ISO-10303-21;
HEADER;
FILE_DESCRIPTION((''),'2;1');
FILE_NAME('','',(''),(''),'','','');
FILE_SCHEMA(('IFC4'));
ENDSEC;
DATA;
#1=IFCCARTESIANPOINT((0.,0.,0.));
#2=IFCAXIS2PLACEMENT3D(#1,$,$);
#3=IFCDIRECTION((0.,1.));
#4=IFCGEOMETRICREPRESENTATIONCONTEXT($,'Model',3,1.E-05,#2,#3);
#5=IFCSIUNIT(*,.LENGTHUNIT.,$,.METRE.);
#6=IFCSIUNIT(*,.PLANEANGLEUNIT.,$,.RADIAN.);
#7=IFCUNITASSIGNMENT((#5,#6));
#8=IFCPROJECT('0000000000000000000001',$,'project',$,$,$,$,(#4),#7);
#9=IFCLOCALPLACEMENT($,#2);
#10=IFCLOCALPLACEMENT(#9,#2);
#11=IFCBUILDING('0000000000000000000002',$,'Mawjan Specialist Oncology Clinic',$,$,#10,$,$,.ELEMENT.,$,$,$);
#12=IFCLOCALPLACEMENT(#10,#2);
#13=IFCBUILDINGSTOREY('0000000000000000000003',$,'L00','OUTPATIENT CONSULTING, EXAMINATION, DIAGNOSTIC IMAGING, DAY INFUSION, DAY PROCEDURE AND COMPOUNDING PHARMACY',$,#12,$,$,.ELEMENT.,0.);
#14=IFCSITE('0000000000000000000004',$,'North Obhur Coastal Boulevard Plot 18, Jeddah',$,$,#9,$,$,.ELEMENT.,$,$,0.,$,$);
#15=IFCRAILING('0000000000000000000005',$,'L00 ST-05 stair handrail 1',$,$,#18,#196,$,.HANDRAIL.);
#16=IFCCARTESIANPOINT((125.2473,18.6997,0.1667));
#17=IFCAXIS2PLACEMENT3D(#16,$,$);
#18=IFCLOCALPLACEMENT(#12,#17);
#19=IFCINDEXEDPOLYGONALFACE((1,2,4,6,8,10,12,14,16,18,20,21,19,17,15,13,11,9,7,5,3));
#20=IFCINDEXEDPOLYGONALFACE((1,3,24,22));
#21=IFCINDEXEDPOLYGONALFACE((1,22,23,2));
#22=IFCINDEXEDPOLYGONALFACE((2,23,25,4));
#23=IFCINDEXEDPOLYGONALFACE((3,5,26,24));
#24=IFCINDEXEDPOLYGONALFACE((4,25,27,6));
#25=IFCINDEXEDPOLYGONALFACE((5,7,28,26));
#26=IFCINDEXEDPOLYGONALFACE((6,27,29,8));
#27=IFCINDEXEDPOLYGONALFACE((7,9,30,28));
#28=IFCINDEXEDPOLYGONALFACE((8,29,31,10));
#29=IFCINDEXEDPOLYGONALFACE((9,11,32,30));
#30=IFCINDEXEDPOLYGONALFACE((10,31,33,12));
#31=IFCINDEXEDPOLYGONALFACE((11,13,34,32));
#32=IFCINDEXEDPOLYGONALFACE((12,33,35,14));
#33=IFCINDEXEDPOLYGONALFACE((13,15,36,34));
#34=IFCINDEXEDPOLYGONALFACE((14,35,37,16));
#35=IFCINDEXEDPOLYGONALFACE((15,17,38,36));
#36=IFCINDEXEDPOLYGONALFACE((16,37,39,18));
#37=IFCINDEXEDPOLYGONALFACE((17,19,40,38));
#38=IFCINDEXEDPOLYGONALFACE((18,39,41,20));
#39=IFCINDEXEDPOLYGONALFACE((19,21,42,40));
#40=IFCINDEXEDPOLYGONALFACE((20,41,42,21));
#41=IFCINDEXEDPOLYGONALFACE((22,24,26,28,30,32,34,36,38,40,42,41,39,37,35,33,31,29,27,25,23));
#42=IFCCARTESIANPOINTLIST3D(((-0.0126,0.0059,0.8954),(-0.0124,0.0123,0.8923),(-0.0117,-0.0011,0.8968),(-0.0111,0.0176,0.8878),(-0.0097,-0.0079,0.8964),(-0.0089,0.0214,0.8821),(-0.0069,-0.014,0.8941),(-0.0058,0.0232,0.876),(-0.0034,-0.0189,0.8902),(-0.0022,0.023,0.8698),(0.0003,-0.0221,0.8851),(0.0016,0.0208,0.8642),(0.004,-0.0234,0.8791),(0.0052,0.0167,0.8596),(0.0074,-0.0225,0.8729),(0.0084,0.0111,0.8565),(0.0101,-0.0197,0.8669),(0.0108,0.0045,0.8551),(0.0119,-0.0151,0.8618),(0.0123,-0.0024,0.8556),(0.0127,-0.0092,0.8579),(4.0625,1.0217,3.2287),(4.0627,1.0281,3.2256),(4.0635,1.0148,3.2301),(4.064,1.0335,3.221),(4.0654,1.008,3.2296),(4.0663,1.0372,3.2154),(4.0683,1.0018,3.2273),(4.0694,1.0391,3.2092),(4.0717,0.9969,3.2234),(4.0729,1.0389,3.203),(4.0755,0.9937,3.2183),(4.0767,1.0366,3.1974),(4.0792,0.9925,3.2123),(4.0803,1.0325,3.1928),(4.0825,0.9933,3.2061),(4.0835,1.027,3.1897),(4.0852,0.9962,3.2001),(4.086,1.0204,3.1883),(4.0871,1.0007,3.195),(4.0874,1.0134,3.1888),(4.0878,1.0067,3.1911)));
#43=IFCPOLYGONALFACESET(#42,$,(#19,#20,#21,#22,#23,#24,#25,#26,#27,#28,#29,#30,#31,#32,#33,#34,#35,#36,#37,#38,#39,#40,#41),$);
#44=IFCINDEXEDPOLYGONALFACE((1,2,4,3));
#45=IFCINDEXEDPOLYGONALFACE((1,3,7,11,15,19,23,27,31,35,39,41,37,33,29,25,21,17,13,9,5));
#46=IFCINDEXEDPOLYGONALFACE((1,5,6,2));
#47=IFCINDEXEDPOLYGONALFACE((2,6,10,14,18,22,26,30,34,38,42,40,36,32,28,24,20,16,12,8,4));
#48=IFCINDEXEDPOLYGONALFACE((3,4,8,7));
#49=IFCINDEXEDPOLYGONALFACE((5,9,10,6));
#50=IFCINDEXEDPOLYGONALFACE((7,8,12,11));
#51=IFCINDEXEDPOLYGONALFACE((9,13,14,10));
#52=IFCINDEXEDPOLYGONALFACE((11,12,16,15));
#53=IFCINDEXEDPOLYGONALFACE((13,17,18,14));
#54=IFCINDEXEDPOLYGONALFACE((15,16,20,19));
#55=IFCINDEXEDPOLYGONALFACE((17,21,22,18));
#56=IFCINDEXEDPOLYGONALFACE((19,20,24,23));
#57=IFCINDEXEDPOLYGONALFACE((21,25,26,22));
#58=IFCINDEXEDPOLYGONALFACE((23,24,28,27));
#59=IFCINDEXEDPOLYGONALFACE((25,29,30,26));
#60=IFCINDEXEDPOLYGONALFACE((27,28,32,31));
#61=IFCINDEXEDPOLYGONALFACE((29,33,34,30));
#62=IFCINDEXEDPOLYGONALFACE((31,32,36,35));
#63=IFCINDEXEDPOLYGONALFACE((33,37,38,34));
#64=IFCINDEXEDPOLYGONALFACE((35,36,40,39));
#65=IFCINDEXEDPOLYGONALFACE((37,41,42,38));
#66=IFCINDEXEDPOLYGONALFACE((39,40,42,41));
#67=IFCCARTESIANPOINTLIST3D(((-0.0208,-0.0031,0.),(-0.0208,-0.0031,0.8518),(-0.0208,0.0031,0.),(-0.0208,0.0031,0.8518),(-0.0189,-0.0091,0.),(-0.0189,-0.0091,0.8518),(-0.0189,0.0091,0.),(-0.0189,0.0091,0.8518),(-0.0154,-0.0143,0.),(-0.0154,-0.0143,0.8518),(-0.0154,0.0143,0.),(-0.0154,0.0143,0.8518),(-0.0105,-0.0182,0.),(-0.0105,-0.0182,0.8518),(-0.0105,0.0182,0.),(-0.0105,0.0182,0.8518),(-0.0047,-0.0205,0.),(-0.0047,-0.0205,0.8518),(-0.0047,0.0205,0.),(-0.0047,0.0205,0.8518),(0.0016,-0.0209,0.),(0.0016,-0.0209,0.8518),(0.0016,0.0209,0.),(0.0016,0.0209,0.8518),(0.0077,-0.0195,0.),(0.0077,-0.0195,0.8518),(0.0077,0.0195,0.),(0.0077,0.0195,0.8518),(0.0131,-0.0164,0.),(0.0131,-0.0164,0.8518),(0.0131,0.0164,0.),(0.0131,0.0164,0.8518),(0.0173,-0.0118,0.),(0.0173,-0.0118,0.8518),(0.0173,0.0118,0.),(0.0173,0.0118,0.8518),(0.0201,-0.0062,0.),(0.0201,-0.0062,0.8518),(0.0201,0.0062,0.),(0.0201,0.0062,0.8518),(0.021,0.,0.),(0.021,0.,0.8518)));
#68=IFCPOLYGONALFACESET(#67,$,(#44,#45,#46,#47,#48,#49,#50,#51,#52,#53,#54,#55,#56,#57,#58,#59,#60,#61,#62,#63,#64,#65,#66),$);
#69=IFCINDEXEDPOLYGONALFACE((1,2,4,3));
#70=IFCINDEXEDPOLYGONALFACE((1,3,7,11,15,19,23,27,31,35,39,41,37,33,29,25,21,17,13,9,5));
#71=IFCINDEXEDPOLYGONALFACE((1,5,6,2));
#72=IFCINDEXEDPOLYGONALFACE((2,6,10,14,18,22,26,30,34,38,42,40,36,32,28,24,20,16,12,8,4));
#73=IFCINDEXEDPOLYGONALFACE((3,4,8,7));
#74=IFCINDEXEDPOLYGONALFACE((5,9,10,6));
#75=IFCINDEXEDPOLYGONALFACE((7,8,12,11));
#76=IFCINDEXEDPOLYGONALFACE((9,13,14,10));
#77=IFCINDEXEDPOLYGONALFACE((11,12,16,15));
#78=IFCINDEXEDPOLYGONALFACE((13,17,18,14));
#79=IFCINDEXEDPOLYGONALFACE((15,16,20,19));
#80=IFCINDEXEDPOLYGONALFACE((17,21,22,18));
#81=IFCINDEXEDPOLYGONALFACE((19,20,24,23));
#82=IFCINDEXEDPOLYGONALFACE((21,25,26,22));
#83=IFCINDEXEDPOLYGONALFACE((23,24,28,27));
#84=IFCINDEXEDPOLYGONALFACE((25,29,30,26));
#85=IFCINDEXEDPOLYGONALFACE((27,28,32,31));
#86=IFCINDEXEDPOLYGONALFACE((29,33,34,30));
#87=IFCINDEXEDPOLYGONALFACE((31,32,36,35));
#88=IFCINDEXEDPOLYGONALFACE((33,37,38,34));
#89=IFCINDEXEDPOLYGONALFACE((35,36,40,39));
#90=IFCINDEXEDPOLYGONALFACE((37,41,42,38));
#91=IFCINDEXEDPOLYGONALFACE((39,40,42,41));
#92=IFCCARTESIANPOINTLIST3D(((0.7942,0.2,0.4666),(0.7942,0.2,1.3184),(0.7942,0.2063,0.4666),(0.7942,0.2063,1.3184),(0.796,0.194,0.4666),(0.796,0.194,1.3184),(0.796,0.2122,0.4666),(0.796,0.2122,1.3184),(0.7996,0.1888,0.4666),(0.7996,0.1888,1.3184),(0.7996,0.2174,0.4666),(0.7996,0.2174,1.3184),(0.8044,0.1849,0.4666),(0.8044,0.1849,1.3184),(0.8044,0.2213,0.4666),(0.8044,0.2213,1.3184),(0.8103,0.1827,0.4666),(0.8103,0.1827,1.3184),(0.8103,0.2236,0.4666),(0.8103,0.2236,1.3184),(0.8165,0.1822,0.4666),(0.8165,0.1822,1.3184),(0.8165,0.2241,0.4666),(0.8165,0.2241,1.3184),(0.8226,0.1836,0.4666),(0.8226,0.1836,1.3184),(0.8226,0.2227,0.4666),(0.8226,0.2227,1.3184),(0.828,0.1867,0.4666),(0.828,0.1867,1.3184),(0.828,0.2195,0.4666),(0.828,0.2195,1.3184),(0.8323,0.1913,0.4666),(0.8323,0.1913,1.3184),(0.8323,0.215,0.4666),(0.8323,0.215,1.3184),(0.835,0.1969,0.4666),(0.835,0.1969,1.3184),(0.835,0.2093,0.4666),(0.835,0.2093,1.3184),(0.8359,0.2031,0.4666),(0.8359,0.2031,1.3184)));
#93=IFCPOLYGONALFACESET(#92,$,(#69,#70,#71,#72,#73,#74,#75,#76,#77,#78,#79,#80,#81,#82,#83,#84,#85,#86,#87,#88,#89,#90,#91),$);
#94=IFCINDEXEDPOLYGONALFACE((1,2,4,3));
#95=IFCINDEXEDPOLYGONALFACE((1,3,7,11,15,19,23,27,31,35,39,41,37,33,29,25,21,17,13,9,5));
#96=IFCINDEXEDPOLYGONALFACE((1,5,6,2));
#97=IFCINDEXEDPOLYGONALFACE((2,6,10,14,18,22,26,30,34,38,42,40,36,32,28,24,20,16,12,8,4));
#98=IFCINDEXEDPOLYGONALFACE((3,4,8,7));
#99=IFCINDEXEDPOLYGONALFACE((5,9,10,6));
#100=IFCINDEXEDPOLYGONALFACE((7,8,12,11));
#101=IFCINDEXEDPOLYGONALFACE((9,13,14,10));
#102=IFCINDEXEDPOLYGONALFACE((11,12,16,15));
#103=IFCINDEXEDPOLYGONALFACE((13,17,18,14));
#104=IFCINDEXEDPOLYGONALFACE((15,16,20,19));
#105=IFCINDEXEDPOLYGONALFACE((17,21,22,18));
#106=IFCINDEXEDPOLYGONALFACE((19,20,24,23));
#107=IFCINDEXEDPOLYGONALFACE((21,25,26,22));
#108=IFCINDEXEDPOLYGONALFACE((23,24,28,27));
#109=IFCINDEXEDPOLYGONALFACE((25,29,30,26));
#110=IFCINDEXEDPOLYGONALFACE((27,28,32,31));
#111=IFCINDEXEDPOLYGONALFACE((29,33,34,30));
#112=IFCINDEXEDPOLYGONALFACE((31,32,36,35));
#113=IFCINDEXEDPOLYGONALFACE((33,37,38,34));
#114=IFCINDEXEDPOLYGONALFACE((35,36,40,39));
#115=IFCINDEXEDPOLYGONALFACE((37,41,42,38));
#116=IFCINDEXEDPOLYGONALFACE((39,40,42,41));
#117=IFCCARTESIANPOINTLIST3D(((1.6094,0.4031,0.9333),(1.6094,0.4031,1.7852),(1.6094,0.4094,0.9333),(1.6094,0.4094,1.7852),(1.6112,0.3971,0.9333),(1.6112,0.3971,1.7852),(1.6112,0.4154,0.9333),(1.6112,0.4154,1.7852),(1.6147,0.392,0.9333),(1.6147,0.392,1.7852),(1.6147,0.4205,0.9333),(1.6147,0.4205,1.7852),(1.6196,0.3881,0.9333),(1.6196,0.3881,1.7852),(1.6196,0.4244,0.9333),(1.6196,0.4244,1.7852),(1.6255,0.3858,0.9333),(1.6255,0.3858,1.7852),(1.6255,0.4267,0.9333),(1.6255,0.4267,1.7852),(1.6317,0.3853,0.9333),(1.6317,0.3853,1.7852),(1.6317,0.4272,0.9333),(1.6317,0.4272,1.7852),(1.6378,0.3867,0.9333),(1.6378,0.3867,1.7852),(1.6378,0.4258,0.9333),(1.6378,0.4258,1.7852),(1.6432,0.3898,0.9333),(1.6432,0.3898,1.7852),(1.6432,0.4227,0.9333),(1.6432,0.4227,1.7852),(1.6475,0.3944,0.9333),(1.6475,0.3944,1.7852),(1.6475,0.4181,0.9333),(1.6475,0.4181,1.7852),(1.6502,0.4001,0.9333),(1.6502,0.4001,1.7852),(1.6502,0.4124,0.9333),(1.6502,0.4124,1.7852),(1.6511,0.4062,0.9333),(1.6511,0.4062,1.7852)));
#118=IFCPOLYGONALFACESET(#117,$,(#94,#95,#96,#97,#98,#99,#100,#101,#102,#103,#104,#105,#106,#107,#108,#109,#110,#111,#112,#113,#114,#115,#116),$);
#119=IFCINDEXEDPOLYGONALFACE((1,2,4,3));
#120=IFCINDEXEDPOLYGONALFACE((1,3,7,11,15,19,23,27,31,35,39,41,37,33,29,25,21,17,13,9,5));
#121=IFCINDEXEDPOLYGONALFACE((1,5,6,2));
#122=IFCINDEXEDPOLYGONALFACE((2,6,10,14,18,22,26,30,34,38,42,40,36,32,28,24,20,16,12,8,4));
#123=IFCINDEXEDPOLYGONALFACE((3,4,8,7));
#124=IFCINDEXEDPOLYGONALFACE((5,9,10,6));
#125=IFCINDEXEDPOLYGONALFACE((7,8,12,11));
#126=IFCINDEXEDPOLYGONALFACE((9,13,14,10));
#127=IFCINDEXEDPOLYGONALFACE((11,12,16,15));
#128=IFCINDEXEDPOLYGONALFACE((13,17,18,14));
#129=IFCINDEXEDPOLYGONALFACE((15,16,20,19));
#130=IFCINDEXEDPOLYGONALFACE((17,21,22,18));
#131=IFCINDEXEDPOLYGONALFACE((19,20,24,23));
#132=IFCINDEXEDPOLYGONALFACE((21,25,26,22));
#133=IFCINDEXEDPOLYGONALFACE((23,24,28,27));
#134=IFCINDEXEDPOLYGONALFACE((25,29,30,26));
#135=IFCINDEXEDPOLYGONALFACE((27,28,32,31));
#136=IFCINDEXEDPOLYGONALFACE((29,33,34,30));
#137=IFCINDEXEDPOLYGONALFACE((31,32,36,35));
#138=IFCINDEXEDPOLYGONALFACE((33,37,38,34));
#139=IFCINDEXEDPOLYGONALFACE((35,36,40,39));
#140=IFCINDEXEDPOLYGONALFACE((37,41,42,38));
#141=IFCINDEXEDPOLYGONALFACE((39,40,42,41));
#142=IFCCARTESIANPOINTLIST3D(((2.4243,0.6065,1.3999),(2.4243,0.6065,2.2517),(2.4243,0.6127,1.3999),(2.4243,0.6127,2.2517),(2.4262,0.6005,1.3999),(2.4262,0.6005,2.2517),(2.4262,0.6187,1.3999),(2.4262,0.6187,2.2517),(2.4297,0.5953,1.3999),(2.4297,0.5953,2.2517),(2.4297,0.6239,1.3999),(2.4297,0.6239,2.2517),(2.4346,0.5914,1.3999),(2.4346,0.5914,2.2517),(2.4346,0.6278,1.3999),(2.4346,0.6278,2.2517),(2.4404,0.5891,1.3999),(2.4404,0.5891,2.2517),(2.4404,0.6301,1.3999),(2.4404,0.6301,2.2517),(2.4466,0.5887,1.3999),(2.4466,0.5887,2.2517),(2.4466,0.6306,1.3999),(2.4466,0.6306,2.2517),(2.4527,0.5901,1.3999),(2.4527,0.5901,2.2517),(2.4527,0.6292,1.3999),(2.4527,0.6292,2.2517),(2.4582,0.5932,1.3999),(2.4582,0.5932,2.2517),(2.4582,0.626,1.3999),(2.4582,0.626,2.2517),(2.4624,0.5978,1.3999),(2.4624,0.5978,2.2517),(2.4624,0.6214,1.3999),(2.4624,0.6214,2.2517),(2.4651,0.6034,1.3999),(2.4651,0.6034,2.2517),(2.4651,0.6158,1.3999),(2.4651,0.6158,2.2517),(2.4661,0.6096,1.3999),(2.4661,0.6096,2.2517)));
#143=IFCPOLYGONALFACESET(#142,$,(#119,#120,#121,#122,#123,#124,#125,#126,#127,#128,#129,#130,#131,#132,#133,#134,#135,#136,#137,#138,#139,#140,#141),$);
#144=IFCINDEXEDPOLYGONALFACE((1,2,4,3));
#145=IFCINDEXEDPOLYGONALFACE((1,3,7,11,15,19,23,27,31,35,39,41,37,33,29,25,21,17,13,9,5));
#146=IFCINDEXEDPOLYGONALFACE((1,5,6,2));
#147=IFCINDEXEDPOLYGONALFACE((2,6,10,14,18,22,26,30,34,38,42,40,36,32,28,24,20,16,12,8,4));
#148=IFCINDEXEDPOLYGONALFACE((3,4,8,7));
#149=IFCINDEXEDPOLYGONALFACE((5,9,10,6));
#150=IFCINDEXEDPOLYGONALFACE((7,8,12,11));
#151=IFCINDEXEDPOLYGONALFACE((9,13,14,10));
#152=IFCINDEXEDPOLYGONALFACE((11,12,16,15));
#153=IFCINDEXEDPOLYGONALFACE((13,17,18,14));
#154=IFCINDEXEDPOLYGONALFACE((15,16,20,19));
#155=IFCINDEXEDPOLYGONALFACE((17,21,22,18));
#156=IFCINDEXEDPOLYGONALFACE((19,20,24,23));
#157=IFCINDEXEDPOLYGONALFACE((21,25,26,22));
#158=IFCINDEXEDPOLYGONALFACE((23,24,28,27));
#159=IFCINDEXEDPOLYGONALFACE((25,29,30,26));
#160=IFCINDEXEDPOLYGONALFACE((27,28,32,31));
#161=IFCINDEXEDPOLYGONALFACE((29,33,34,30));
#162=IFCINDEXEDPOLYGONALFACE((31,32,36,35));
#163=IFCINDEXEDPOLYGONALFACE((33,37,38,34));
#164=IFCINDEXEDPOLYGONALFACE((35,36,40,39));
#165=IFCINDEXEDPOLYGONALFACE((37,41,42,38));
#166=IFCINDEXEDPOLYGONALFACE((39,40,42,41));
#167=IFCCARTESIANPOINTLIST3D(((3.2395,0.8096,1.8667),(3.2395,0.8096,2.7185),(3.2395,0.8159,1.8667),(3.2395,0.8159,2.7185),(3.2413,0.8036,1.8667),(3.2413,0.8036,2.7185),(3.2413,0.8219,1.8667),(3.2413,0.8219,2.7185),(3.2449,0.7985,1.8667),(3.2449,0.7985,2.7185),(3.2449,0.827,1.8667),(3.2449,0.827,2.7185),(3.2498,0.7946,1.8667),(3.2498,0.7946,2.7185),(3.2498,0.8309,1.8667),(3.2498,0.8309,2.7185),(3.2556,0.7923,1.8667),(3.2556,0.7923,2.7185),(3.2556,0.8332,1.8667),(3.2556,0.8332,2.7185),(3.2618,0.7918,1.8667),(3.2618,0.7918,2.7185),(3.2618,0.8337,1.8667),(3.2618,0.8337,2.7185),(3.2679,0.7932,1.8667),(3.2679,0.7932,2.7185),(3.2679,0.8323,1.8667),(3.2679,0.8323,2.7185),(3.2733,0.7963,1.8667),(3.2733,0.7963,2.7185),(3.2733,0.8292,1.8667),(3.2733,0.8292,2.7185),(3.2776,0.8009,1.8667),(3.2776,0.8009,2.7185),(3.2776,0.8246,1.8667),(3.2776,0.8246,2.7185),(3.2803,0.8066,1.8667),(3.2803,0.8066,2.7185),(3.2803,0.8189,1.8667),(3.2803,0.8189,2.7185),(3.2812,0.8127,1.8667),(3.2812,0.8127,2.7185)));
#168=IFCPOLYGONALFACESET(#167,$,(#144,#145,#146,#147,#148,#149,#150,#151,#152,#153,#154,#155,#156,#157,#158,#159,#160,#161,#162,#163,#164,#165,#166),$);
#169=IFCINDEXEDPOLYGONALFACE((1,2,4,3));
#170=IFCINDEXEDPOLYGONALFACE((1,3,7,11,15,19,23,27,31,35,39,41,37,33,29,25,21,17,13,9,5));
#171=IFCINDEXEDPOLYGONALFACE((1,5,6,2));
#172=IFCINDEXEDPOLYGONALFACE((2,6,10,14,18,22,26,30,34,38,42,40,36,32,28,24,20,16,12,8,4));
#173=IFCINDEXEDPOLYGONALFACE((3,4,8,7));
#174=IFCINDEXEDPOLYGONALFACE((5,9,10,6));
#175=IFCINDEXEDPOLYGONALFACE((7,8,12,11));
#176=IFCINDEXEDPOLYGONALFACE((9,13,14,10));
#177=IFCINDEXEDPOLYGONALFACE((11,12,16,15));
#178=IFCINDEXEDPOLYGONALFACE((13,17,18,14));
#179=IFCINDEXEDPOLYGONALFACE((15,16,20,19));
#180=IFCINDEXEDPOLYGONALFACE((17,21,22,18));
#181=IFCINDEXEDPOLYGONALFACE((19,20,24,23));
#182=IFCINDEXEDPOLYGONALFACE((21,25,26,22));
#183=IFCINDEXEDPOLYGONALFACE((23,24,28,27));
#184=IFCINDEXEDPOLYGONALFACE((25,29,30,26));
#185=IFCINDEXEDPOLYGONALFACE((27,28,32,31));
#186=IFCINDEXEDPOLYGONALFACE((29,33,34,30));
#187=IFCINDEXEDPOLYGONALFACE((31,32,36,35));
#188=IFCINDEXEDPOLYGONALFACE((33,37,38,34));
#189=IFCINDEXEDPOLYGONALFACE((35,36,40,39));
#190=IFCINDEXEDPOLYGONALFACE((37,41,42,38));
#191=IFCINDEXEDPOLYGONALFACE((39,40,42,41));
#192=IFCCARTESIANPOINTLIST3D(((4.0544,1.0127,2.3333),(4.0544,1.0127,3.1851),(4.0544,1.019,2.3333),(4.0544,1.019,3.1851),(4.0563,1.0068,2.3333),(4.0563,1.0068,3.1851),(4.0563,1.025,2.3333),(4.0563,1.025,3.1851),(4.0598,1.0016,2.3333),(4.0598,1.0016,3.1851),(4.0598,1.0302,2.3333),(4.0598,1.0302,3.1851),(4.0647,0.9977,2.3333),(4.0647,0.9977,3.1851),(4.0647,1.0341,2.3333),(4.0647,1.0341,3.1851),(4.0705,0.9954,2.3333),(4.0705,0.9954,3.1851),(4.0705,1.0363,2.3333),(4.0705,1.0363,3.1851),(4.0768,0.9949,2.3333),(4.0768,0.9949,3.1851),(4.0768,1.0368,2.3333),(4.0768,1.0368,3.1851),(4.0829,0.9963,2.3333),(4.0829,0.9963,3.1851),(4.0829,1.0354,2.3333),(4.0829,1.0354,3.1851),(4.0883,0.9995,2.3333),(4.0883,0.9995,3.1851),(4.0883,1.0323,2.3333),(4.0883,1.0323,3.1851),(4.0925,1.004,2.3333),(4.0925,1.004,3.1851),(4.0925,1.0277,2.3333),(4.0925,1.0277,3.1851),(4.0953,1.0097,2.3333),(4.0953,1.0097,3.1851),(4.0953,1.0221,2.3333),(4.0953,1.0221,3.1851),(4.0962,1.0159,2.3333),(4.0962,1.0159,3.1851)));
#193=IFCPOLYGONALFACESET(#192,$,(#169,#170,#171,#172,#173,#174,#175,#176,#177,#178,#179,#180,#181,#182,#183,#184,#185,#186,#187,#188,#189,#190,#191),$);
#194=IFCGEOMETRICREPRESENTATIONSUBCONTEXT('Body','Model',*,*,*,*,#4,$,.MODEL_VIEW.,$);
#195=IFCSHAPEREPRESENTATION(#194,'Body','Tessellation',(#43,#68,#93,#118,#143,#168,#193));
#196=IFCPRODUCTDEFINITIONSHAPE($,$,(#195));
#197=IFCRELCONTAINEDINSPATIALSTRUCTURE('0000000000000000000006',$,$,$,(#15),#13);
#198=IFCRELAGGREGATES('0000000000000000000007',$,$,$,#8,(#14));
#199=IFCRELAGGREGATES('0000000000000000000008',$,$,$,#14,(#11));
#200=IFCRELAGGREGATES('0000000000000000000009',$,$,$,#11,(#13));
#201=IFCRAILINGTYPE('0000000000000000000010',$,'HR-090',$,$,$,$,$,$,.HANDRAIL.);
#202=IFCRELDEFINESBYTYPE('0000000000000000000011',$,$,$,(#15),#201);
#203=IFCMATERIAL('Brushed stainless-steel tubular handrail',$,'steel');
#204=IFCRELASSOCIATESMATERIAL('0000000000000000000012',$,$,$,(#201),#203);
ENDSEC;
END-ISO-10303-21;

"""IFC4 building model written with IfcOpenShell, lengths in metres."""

from ifc_helpers import new_model, si_unit, direction, frame, origin, origin_2d, place, context, subcontext, project, spatial, circle, extrude, material, type_object, element, save


model = new_model("IFC4")

# Units and contexts
model_context = context("Model", 3, precision=1e-05, world=origin(), true_north=direction((0.0, 1.0)))
body_context = subcontext(model_context, "Body", "Model", "MODEL_VIEW")
ifc_project = project(units=[si_unit("LENGTHUNIT", "METRE"), si_unit("PLANEANGLEUNIT", "RADIAN")], contexts=[model_context])

# Site, building, storey
site_placement = place(None, origin())
site = spatial("IfcSite", under=ifc_project, at=site_placement, Name="North Obhur Coastal Boulevard Plot 18, Jeddah", CompositionType="ELEMENT", RefElevation=0.0)
building_placement = place(site_placement, origin())
building = spatial("IfcBuilding", under=site, at=building_placement, Name="Mawjan Specialist Oncology Clinic", CompositionType="ELEMENT")
storey_placement = place(building_placement, origin())
storey = spatial("IfcBuildingStorey", under=building, at=storey_placement, Name="L00", Description="OUTPATIENT CONSULTING, EXAMINATION, DIAGNOSTIC IMAGING, DAY INFUSION, DAY PROCEDURE AND COMPOUNDING PHARMACY", CompositionType="ELEMENT", Elevation=0.0)

# Railing
ifc_material_1 = material(Name="Brushed stainless-steel tubular handrail", Category="steel")
railing_type = type_object("IfcRailingType", Name="HR-090", PredefinedType="HANDRAIL", material=ifc_material_1)
railing_placement = place(storey_placement, frame((125.2473, 18.6997, 0.1667)))
element("IfcRailing", 1, at=railing_placement, inside=storey, type_object=railing_type, Name="L00 ST-05 stair handrail 1", PredefinedType="HANDRAIL", context=body_context, shape_type="SweptSolid", body=[
    extrude(circle(Radius=0.0239, at=origin_2d()), frame((0.0, 0.0, 0.876), z_axis=(0.848203, 0.211441, 0.485638), x_axis=(-0.241879, 0.970306, 0.0)), (0.0, 0.0, 1.0), 4.8044),
    extrude(circle(Radius=0.021, at=origin_2d()), origin(), (0.0, 0.0, 1.0), 0.8518),
    extrude(circle(Radius=0.021, at=origin_2d()), frame((0.8149, 0.2031, 0.4666)), (0.0, 0.0, 1.0), 0.8518),
    extrude(circle(Radius=0.021, at=origin_2d()), frame((1.6301, 0.4062, 0.9333)), (0.0, 0.0, 1.0), 0.8518),
    extrude(circle(Radius=0.021, at=origin_2d()), frame((2.4451, 0.6096, 1.3999)), (0.0, 0.0, 1.0), 0.8518),
    extrude(circle(Radius=0.021, at=origin_2d()), frame((3.2603, 0.8127, 1.8667)), (0.0, 0.0, 1.0), 0.8518),
    extrude(circle(Radius=0.021, at=origin_2d()), frame((4.0752, 1.0159, 2.3333)), (0.0, 0.0, 1.0), 0.8518),
])

save(model, "model.ifc")
